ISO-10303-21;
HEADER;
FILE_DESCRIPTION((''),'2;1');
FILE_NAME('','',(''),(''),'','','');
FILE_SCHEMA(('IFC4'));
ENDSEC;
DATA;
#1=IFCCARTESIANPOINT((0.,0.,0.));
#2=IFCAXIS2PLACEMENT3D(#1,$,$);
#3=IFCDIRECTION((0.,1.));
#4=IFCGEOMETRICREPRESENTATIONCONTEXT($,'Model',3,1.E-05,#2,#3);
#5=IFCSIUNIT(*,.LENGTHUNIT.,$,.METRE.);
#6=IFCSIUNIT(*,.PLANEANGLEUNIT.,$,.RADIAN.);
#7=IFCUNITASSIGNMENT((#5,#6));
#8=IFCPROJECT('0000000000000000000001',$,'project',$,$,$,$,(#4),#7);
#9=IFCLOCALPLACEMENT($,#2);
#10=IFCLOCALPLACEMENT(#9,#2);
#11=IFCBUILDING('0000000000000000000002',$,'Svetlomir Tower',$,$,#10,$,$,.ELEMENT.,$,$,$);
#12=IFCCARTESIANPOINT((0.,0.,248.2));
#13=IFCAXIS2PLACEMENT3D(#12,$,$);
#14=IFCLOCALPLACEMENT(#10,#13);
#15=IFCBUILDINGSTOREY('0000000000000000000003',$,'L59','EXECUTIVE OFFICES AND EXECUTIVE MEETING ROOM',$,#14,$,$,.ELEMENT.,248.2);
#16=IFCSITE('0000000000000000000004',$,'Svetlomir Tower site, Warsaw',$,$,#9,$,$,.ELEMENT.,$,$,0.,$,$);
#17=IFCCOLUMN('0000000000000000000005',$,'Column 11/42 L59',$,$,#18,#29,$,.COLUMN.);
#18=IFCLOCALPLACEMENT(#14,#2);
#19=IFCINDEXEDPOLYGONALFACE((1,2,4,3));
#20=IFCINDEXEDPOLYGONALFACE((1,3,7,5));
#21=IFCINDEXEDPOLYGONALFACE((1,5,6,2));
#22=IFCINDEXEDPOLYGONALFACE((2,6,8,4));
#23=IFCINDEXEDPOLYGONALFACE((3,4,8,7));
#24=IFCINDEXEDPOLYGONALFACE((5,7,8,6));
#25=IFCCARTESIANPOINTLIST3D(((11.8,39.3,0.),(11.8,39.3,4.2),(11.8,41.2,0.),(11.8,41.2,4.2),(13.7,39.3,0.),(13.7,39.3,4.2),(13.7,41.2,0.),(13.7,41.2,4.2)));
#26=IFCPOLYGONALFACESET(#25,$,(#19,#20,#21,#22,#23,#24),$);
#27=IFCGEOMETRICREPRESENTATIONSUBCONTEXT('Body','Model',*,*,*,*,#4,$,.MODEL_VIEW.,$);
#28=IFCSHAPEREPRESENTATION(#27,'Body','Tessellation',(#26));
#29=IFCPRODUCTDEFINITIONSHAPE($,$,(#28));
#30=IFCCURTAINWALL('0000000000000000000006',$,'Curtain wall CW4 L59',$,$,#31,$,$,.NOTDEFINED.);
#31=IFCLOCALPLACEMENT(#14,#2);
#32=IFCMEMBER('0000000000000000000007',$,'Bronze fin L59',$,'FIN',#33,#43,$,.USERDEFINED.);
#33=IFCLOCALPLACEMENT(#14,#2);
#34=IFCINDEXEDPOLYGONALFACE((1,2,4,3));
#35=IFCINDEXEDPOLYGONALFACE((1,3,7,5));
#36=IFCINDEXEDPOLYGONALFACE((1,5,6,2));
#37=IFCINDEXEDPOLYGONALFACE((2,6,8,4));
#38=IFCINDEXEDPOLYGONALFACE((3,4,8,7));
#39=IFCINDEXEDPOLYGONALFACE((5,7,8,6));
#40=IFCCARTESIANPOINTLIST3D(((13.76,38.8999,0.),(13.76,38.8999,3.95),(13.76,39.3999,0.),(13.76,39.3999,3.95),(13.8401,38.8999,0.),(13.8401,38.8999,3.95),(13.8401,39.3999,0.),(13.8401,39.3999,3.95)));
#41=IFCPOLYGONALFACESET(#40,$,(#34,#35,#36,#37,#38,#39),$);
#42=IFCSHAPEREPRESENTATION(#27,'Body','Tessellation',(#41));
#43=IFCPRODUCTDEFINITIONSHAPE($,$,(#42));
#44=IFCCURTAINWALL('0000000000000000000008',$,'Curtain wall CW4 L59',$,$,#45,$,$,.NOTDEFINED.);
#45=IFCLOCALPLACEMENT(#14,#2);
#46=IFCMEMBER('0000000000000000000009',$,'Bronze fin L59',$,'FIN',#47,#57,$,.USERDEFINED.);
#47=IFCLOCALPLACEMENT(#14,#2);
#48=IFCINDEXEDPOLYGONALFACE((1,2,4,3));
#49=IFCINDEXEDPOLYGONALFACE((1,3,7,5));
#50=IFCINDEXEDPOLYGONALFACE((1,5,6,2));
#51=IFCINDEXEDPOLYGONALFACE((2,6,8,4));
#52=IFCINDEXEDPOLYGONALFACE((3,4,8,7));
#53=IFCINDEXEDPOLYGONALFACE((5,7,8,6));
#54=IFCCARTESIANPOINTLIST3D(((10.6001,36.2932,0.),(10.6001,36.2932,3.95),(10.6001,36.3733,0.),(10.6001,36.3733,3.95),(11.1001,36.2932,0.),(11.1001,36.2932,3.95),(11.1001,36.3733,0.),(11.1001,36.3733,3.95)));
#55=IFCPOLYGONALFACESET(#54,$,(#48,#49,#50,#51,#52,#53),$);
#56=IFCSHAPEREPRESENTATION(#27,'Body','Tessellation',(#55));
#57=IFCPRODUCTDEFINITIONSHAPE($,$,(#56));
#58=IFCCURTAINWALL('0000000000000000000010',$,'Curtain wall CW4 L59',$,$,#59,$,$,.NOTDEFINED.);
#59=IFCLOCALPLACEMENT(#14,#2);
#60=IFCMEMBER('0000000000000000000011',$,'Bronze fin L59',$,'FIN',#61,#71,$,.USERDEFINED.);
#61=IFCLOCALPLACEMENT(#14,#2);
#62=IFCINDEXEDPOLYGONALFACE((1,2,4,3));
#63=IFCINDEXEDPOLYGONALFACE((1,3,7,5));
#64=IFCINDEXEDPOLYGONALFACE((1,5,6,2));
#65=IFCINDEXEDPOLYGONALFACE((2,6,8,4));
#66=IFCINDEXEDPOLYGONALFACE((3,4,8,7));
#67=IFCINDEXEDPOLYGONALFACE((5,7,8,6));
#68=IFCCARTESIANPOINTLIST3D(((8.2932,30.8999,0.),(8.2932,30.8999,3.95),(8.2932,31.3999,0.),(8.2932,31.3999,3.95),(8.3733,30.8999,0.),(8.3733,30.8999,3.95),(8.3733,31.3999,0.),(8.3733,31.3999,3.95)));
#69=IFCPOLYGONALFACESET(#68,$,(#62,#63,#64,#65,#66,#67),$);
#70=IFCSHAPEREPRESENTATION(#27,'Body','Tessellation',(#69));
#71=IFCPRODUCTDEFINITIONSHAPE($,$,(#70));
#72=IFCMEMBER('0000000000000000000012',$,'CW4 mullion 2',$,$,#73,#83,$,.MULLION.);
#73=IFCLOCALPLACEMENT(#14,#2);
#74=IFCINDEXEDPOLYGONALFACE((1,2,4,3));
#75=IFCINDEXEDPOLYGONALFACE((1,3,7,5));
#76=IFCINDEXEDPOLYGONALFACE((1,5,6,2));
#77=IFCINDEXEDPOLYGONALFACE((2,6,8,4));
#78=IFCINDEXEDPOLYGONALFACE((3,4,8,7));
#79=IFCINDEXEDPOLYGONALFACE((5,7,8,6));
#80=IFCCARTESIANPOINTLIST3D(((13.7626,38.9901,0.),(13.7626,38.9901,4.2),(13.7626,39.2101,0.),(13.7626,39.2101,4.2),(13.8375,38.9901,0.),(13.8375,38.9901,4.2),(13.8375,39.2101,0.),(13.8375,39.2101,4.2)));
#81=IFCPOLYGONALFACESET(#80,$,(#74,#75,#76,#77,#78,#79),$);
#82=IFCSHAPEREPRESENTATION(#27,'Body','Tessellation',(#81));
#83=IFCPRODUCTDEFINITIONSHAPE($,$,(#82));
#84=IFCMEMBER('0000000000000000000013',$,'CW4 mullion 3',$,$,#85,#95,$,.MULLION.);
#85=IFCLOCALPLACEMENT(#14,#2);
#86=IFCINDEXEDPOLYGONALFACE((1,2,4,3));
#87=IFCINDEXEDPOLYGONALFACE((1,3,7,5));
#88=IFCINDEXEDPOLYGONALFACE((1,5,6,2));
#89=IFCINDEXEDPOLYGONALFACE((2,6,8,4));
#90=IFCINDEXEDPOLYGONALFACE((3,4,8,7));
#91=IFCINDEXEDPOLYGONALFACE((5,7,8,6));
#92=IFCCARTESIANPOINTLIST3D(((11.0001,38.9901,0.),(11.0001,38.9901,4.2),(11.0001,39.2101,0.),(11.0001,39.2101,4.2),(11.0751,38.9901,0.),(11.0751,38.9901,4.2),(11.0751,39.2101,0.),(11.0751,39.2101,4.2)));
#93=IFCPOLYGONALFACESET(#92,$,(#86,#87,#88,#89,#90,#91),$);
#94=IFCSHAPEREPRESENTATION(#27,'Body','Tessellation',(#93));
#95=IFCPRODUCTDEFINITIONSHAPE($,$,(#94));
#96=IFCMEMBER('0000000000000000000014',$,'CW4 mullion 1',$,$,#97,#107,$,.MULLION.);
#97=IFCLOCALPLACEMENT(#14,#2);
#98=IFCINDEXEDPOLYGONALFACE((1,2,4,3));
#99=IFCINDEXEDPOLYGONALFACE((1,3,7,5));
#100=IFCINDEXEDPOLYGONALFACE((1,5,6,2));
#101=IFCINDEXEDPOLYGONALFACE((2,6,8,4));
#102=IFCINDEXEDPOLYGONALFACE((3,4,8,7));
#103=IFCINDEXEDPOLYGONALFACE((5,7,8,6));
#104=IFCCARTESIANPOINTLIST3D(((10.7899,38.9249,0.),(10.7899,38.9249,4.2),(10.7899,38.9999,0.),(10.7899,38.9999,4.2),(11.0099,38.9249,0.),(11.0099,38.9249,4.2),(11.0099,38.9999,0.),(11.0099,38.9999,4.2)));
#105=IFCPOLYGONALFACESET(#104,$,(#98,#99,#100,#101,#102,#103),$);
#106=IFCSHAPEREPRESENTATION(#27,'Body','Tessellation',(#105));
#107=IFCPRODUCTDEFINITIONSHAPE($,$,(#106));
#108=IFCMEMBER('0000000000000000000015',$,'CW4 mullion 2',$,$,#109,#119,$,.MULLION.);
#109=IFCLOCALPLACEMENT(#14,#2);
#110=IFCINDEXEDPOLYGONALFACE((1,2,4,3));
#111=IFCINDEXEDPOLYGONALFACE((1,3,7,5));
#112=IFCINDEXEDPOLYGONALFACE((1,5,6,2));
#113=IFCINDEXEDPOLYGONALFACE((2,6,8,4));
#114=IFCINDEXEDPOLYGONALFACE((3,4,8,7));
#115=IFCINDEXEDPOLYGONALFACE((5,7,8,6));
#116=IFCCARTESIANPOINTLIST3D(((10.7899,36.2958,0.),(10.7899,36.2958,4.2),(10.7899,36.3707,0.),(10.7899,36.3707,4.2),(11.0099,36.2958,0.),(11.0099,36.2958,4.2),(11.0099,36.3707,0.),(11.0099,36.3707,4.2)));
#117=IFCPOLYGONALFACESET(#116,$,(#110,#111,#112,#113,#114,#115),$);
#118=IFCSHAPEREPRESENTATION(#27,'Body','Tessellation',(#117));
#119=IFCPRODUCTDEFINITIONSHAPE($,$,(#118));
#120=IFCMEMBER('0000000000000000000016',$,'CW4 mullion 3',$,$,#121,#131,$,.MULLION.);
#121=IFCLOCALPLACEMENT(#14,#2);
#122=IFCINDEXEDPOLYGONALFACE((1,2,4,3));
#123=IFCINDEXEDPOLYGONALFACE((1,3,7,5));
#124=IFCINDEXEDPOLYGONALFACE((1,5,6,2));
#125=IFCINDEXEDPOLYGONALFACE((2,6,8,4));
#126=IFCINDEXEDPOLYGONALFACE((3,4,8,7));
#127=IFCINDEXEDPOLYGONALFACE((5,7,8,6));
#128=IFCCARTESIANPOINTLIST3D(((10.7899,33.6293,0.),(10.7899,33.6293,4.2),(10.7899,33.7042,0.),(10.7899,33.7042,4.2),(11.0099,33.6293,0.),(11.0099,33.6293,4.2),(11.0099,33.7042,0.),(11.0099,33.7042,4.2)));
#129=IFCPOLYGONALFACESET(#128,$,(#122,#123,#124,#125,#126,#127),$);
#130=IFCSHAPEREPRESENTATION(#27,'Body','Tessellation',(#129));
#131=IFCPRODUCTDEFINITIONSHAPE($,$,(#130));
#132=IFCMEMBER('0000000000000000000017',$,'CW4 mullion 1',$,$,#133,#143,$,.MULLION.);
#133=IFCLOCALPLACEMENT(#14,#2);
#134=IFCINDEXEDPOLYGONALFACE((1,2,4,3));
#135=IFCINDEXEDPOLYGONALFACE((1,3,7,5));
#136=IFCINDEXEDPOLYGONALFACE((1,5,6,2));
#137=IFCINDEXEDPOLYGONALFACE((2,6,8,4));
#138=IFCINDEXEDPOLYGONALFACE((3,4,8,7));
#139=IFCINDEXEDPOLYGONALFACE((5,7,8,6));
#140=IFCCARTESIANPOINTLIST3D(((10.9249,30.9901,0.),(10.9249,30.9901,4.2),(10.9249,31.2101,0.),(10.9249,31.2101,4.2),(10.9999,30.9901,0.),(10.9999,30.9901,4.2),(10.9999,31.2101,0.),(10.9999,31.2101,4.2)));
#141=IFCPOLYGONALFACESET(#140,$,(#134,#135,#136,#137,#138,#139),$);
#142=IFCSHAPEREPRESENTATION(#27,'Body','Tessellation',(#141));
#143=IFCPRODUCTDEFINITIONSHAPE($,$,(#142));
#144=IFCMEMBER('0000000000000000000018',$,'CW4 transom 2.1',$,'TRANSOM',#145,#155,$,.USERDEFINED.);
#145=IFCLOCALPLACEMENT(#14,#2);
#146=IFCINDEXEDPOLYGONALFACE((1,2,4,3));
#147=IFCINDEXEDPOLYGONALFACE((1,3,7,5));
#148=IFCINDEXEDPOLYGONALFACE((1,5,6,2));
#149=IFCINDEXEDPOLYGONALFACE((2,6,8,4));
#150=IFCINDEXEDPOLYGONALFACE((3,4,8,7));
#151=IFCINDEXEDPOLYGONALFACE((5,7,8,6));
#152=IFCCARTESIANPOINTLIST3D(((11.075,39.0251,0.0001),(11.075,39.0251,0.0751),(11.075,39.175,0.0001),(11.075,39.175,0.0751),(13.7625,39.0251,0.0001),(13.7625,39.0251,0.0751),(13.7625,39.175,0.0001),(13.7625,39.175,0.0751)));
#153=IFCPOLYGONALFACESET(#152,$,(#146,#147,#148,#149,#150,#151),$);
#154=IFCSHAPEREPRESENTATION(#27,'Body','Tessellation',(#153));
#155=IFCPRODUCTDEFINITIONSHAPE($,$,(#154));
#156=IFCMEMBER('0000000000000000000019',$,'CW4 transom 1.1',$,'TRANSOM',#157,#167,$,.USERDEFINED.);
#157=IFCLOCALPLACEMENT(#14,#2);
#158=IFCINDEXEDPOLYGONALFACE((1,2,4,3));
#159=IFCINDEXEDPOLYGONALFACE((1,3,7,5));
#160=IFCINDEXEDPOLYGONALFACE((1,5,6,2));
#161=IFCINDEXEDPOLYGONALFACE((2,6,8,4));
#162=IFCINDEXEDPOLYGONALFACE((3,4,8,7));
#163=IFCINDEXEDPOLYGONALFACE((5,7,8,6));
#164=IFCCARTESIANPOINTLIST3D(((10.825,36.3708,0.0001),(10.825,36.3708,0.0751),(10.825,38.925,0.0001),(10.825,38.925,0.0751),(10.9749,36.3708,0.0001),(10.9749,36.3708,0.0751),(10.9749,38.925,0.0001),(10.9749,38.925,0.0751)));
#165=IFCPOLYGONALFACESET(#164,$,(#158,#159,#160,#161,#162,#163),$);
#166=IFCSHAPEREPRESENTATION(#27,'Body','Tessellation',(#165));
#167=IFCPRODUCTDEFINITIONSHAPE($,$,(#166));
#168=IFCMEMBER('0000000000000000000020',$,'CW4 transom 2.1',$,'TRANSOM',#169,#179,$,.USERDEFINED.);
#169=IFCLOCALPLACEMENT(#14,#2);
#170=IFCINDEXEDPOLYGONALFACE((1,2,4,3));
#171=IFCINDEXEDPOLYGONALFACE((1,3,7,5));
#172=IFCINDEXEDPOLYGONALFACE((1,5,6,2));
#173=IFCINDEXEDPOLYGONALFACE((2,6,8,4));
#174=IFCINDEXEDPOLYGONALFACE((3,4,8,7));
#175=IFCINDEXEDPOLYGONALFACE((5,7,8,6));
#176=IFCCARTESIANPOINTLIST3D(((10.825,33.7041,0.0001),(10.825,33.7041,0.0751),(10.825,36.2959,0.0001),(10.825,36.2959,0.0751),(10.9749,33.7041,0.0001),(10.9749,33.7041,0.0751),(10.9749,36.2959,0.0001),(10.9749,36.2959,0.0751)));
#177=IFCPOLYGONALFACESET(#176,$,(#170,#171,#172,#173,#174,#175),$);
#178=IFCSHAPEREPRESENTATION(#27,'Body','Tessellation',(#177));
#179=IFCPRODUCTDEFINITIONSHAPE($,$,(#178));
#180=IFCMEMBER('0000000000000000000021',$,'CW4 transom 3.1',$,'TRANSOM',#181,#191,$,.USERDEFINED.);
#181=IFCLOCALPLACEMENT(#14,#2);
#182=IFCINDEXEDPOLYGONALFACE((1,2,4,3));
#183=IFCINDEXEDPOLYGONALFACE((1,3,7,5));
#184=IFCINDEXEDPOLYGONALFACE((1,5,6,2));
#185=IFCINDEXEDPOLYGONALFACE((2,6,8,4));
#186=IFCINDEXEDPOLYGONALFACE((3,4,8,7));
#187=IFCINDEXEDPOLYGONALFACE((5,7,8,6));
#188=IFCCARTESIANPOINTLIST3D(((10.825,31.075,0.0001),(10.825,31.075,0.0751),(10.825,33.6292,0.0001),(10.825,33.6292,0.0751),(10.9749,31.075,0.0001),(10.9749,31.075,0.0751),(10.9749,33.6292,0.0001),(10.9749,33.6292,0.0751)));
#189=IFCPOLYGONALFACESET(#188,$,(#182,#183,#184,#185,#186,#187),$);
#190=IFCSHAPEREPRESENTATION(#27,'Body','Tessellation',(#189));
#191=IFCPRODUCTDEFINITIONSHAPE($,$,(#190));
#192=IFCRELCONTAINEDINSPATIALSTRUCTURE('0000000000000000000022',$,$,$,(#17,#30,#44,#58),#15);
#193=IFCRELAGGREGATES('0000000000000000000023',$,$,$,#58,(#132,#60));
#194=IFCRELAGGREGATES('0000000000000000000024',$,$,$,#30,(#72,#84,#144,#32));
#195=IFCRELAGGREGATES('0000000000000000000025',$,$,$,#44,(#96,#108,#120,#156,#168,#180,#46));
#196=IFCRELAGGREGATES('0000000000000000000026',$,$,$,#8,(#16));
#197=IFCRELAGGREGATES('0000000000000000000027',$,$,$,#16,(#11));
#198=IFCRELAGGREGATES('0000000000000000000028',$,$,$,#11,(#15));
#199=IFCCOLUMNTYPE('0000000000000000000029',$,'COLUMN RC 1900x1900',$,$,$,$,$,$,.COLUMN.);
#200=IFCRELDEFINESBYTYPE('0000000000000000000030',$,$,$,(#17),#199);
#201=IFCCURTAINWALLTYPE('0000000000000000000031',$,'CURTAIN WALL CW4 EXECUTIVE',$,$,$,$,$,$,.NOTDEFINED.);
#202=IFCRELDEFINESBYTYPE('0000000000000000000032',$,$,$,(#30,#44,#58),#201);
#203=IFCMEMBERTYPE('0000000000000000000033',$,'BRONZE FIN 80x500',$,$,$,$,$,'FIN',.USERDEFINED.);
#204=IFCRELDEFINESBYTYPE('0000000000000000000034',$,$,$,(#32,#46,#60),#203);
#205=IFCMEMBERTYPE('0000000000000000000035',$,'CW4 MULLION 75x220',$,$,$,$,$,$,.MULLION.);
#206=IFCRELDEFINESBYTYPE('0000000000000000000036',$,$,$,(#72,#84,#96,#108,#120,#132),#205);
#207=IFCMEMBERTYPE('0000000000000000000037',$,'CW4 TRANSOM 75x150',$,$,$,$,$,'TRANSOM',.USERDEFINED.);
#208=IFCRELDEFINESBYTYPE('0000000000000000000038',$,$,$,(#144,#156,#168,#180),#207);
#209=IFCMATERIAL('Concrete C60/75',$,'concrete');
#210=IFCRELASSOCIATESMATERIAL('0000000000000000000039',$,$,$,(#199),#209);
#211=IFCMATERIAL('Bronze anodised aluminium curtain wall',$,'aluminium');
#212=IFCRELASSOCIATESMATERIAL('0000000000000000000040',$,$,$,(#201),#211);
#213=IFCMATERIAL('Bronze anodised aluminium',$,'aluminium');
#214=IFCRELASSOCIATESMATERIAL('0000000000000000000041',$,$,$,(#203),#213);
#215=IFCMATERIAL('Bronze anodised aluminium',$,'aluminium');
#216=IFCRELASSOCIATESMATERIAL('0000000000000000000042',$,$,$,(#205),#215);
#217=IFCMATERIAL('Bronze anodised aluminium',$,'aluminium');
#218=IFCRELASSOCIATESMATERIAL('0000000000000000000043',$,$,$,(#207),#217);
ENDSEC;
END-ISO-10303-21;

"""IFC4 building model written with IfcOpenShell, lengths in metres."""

from ifc_helpers import new_model, si_unit, direction, frame, origin, origin_2d, place, context, subcontext, project, spatial, rectangle, extrude, material, material_profile, profile_set, type_object, element, aggregate, save


model = new_model("IFC4")

# Units and contexts
model_context = context("Model", 3, precision=1e-05, world=origin(), true_north=direction((0.0, 1.0)))
body_context = subcontext(model_context, "Body", "Model", "MODEL_VIEW")
ifc_project = project(units=[si_unit("LENGTHUNIT", "METRE"), si_unit("PLANEANGLEUNIT", "RADIAN")], contexts=[model_context])

# Site, building, storey
site_placement = place(None, origin())
site = spatial("IfcSite", under=ifc_project, at=site_placement, Name="Svetlomir Tower site, Warsaw", CompositionType="ELEMENT", RefElevation=0.0)
building_placement = place(site_placement, origin())
building = spatial("IfcBuilding", under=site, at=building_placement, Name="Svetlomir Tower", CompositionType="ELEMENT")
storey_placement = place(building_placement, frame((0.0, 0.0, 248.2)))
storey = spatial("IfcBuildingStorey", under=building, at=storey_placement, Name="L59", Description="EXECUTIVE OFFICES AND EXECUTIVE MEETING ROOM", CompositionType="ELEMENT", Elevation=248.2)

# Column
ifc_material_1 = material(Name="Concrete C60/75", Category="concrete")
ifc_material_profile_1 = material_profile(ifc_material_1, rectangle(XDim=1.8999, YDim=1.8999, at=origin_2d()), Name="RC 1900x1900")
ifc_profile_set_1 = profile_set([ifc_material_profile_1], Name="Concrete C60/75")
column_type = type_object("IfcColumnType", Name="COLUMN RC 1900x1900", PredefinedType="COLUMN", material=ifc_profile_set_1)
column_placement = place(storey_placement, frame((12.75, 40.25, 0.0), z_axis=(0.0, 0.0, 1.0), x_axis=(1.0, 0.0, 0.0)))
element("IfcColumn", 1, at=column_placement, inside=storey, type_object=column_type, Name="Column 11/42 L59", PredefinedType="COLUMN", context=body_context, shape_type="SweptSolid", body=[
    extrude(rectangle(XDim=1.8999, YDim=1.8999, at=origin_2d()), origin(), (0.0, 0.0, 1.0), 4.2),
])

# Curtain walls, members
ifc_material_2 = material(Name="Bronze anodised aluminium curtain wall", Category="aluminium")
curtain_wall_type = type_object("IfcCurtainWallType", Name="CURTAIN WALL CW4 EXECUTIVE", PredefinedType="NOTDEFINED", material=ifc_material_2)
curtain_wall_1_placement = place(storey_placement, origin())
curtain_wall_1 = element("IfcCurtainWall", 2, at=curtain_wall_1_placement, inside=storey, type_object=curtain_wall_type, Name="Curtain wall CW4 L59", PredefinedType="NOTDEFINED")
ifc_material_3 = material(Name="Bronze anodised aluminium", Category="aluminium")
ifc_material_profile_2 = material_profile(ifc_material_3, rectangle(XDim=0.0801, YDim=0.5, at=origin_2d()), Name="FIN 80x500")
ifc_profile_set_2 = profile_set([ifc_material_profile_2], Name="Bronze anodised aluminium 6063-T6")
member_type_1 = type_object("IfcMemberType", Name="BRONZE FIN 80x500", ElementType="FIN", PredefinedType="USERDEFINED", material=ifc_profile_set_2)
member_1_placement = place(storey_placement, frame((13.8, 39.1499, 0.0), z_axis=(0.0, 0.0, 1.0), x_axis=(1.0, 0.0, 0.0)))
member_1 = element("IfcMember", 3, at=member_1_placement, type_object=member_type_1, Name="Bronze fin L59", ObjectType="FIN", PredefinedType="USERDEFINED", context=body_context, shape_type="SweptSolid", body=[
    extrude(rectangle(XDim=0.0801, YDim=0.5, at=origin_2d()), origin(), (0.0, 0.0, 1.0), 3.95),
])
curtain_wall_2_placement = place(storey_placement, origin())
curtain_wall_2 = element("IfcCurtainWall", 4, at=curtain_wall_2_placement, inside=storey, type_object=curtain_wall_type, Name="Curtain wall CW4 L59", PredefinedType="NOTDEFINED")
member_2_placement = place(storey_placement, frame((10.8501, 36.3333, 0.0), z_axis=(0.0, 0.0, 1.0), x_axis=(0.0, 1.0, 0.0)))
member_2 = element("IfcMember", 5, at=member_2_placement, type_object=member_type_1, Name="Bronze fin L59", ObjectType="FIN", PredefinedType="USERDEFINED", context=body_context, shape_type="SweptSolid", body=[
    extrude(rectangle(XDim=0.0801, YDim=0.5, at=origin_2d()), origin(), (0.0, 0.0, 1.0), 3.95),
])
curtain_wall_3_placement = place(storey_placement, origin())
curtain_wall_3 = element("IfcCurtainWall", 6, at=curtain_wall_3_placement, inside=storey, type_object=curtain_wall_type, Name="Curtain wall CW4 L59", PredefinedType="NOTDEFINED")
member_3_placement = place(storey_placement, frame((8.3333, 31.1499, 0.0), z_axis=(0.0, 0.0, 1.0), x_axis=(1.0, 0.0, 0.0)))
member_3 = element("IfcMember", 7, at=member_3_placement, type_object=member_type_1, Name="Bronze fin L59", ObjectType="FIN", PredefinedType="USERDEFINED", context=body_context, shape_type="SweptSolid", body=[
    extrude(rectangle(XDim=0.0801, YDim=0.5, at=origin_2d()), origin(), (0.0, 0.0, 1.0), 3.95),
])

# Members
ifc_material_4 = material(Name="Bronze anodised aluminium", Category="aluminium")
ifc_material_profile_3 = material_profile(ifc_material_4, rectangle(XDim=0.075, YDim=0.22, at=origin_2d()), Name="AL 75x220")
ifc_profile_set_3 = profile_set([ifc_material_profile_3], Name="Bronze anodised aluminium 6063-T6")
member_type_2 = type_object("IfcMemberType", Name="CW4 MULLION 75x220", PredefinedType="MULLION", material=ifc_profile_set_3)
member_4_placement = place(storey_placement, frame((13.8, 39.1001, 0.0), z_axis=(0.0, 0.0, 1.0), x_axis=(-1.0, 0.0, 0.0)))
member_4 = element("IfcMember", 8, at=member_4_placement, type_object=member_type_2, Name="CW4 mullion 2", PredefinedType="MULLION", context=body_context, shape_type="SweptSolid", body=[
    extrude(rectangle(XDim=0.075, YDim=0.22, at=origin_2d()), origin(), (0.0, 0.0, 1.0), 4.2),
])
member_5_placement = place(storey_placement, frame((11.0376, 39.1001, 0.0), z_axis=(0.0, 0.0, 1.0), x_axis=(-1.0, 0.0, 0.0)))
member_5 = element("IfcMember", 9, at=member_5_placement, type_object=member_type_2, Name="CW4 mullion 3", PredefinedType="MULLION", context=body_context, shape_type="SweptSolid", body=[
    extrude(rectangle(XDim=0.075, YDim=0.22, at=origin_2d()), origin(), (0.0, 0.0, 1.0), 4.2),
])
member_6_placement = place(storey_placement, frame((10.8999, 38.9624, 0.0), z_axis=(0.0, 0.0, 1.0), x_axis=(0.0, -1.0, 0.0)))
member_6 = element("IfcMember", 10, at=member_6_placement, type_object=member_type_2, Name="CW4 mullion 1", PredefinedType="MULLION", context=body_context, shape_type="SweptSolid", body=[
    extrude(rectangle(XDim=0.075, YDim=0.22, at=origin_2d()), origin(), (0.0, 0.0, 1.0), 4.2),
])
member_7_placement = place(storey_placement, frame((10.8999, 36.3333, 0.0), z_axis=(0.0, 0.0, 1.0), x_axis=(0.0, -1.0, 0.0)))
member_7 = element("IfcMember", 11, at=member_7_placement, type_object=member_type_2, Name="CW4 mullion 2", PredefinedType="MULLION", context=body_context, shape_type="SweptSolid", body=[
    extrude(rectangle(XDim=0.075, YDim=0.22, at=origin_2d()), origin(), (0.0, 0.0, 1.0), 4.2),
])
member_8_placement = place(storey_placement, frame((10.8999, 33.6667, 0.0), z_axis=(0.0, 0.0, 1.0), x_axis=(0.0, -1.0, 0.0)))
member_8 = element("IfcMember", 12, at=member_8_placement, type_object=member_type_2, Name="CW4 mullion 3", PredefinedType="MULLION", context=body_context, shape_type="SweptSolid", body=[
    extrude(rectangle(XDim=0.075, YDim=0.22, at=origin_2d()), origin(), (0.0, 0.0, 1.0), 4.2),
])
member_9_placement = place(storey_placement, frame((10.9624, 31.1001, 0.0), z_axis=(0.0, 0.0, 1.0), x_axis=(-1.0, 0.0, 0.0)))
member_9 = element("IfcMember", 13, at=member_9_placement, type_object=member_type_2, Name="CW4 mullion 1", PredefinedType="MULLION", context=body_context, shape_type="SweptSolid", body=[
    extrude(rectangle(XDim=0.075, YDim=0.22, at=origin_2d()), origin(), (0.0, 0.0, 1.0), 4.2),
])
ifc_material_5 = material(Name="Bronze anodised aluminium", Category="aluminium")
ifc_material_profile_4 = material_profile(ifc_material_5, rectangle(XDim=0.1499, YDim=0.075, at=origin_2d()), Name="AL 150x75")
ifc_profile_set_4 = profile_set([ifc_material_profile_4], Name="Bronze anodised aluminium 6063-T6")
member_type_3 = type_object("IfcMemberType", Name="CW4 TRANSOM 75x150", ElementType="TRANSOM", PredefinedType="USERDEFINED", material=ifc_profile_set_4)
member_10_placement = place(storey_placement, frame((13.7625, 39.1001, 0.0376), z_axis=(-1.0, 0.0, 0.0), x_axis=(0.0, -1.0, 0.0)))
member_10 = element("IfcMember", 14, at=member_10_placement, type_object=member_type_3, Name="CW4 transom 2.1", ObjectType="TRANSOM", PredefinedType="USERDEFINED", context=body_context, shape_type="SweptSolid", body=[
    extrude(rectangle(XDim=0.1499, YDim=0.075, at=origin_2d()), origin(), (0.0, 0.0, 1.0), 2.6875),
])
member_11_placement = place(storey_placement, frame((10.8999, 38.925, 0.0376), z_axis=(0.0, -1.0, 0.0), x_axis=(1.0, 0.0, 0.0)))
member_11 = element("IfcMember", 15, at=member_11_placement, type_object=member_type_3, Name="CW4 transom 1.1", ObjectType="TRANSOM", PredefinedType="USERDEFINED", context=body_context, shape_type="SweptSolid", body=[
    extrude(rectangle(XDim=0.1499, YDim=0.075, at=origin_2d()), origin(), (0.0, 0.0, 1.0), 2.5542),
])
member_12_placement = place(storey_placement, frame((10.8999, 36.2959, 0.0376), z_axis=(0.0, -1.0, 0.0), x_axis=(1.0, 0.0, 0.0)))
member_12 = element("IfcMember", 16, at=member_12_placement, type_object=member_type_3, Name="CW4 transom 2.1", ObjectType="TRANSOM", PredefinedType="USERDEFINED", context=body_context, shape_type="SweptSolid", body=[
    extrude(rectangle(XDim=0.1499, YDim=0.075, at=origin_2d()), origin(), (0.0, 0.0, 1.0), 2.5918),
])
member_13_placement = place(storey_placement, frame((10.8999, 33.6292, 0.0376), z_axis=(0.0, -1.0, 0.0), x_axis=(1.0, 0.0, 0.0)))
member_13 = element("IfcMember", 17, at=member_13_placement, type_object=member_type_3, Name="CW4 transom 3.1", ObjectType="TRANSOM", PredefinedType="USERDEFINED", context=body_context, shape_type="SweptSolid", body=[
    extrude(rectangle(XDim=0.1499, YDim=0.075, at=origin_2d()), origin(), (0.0, 0.0, 1.0), 2.5542),
])
aggregate(curtain_wall_3, [member_9, member_3])

aggregate(curtain_wall_1, [member_4, member_5, member_10, member_1])
aggregate(curtain_wall_2, [member_6, member_7, member_8, member_11, member_12, member_13, member_2])

save(model, "model.ifc")
